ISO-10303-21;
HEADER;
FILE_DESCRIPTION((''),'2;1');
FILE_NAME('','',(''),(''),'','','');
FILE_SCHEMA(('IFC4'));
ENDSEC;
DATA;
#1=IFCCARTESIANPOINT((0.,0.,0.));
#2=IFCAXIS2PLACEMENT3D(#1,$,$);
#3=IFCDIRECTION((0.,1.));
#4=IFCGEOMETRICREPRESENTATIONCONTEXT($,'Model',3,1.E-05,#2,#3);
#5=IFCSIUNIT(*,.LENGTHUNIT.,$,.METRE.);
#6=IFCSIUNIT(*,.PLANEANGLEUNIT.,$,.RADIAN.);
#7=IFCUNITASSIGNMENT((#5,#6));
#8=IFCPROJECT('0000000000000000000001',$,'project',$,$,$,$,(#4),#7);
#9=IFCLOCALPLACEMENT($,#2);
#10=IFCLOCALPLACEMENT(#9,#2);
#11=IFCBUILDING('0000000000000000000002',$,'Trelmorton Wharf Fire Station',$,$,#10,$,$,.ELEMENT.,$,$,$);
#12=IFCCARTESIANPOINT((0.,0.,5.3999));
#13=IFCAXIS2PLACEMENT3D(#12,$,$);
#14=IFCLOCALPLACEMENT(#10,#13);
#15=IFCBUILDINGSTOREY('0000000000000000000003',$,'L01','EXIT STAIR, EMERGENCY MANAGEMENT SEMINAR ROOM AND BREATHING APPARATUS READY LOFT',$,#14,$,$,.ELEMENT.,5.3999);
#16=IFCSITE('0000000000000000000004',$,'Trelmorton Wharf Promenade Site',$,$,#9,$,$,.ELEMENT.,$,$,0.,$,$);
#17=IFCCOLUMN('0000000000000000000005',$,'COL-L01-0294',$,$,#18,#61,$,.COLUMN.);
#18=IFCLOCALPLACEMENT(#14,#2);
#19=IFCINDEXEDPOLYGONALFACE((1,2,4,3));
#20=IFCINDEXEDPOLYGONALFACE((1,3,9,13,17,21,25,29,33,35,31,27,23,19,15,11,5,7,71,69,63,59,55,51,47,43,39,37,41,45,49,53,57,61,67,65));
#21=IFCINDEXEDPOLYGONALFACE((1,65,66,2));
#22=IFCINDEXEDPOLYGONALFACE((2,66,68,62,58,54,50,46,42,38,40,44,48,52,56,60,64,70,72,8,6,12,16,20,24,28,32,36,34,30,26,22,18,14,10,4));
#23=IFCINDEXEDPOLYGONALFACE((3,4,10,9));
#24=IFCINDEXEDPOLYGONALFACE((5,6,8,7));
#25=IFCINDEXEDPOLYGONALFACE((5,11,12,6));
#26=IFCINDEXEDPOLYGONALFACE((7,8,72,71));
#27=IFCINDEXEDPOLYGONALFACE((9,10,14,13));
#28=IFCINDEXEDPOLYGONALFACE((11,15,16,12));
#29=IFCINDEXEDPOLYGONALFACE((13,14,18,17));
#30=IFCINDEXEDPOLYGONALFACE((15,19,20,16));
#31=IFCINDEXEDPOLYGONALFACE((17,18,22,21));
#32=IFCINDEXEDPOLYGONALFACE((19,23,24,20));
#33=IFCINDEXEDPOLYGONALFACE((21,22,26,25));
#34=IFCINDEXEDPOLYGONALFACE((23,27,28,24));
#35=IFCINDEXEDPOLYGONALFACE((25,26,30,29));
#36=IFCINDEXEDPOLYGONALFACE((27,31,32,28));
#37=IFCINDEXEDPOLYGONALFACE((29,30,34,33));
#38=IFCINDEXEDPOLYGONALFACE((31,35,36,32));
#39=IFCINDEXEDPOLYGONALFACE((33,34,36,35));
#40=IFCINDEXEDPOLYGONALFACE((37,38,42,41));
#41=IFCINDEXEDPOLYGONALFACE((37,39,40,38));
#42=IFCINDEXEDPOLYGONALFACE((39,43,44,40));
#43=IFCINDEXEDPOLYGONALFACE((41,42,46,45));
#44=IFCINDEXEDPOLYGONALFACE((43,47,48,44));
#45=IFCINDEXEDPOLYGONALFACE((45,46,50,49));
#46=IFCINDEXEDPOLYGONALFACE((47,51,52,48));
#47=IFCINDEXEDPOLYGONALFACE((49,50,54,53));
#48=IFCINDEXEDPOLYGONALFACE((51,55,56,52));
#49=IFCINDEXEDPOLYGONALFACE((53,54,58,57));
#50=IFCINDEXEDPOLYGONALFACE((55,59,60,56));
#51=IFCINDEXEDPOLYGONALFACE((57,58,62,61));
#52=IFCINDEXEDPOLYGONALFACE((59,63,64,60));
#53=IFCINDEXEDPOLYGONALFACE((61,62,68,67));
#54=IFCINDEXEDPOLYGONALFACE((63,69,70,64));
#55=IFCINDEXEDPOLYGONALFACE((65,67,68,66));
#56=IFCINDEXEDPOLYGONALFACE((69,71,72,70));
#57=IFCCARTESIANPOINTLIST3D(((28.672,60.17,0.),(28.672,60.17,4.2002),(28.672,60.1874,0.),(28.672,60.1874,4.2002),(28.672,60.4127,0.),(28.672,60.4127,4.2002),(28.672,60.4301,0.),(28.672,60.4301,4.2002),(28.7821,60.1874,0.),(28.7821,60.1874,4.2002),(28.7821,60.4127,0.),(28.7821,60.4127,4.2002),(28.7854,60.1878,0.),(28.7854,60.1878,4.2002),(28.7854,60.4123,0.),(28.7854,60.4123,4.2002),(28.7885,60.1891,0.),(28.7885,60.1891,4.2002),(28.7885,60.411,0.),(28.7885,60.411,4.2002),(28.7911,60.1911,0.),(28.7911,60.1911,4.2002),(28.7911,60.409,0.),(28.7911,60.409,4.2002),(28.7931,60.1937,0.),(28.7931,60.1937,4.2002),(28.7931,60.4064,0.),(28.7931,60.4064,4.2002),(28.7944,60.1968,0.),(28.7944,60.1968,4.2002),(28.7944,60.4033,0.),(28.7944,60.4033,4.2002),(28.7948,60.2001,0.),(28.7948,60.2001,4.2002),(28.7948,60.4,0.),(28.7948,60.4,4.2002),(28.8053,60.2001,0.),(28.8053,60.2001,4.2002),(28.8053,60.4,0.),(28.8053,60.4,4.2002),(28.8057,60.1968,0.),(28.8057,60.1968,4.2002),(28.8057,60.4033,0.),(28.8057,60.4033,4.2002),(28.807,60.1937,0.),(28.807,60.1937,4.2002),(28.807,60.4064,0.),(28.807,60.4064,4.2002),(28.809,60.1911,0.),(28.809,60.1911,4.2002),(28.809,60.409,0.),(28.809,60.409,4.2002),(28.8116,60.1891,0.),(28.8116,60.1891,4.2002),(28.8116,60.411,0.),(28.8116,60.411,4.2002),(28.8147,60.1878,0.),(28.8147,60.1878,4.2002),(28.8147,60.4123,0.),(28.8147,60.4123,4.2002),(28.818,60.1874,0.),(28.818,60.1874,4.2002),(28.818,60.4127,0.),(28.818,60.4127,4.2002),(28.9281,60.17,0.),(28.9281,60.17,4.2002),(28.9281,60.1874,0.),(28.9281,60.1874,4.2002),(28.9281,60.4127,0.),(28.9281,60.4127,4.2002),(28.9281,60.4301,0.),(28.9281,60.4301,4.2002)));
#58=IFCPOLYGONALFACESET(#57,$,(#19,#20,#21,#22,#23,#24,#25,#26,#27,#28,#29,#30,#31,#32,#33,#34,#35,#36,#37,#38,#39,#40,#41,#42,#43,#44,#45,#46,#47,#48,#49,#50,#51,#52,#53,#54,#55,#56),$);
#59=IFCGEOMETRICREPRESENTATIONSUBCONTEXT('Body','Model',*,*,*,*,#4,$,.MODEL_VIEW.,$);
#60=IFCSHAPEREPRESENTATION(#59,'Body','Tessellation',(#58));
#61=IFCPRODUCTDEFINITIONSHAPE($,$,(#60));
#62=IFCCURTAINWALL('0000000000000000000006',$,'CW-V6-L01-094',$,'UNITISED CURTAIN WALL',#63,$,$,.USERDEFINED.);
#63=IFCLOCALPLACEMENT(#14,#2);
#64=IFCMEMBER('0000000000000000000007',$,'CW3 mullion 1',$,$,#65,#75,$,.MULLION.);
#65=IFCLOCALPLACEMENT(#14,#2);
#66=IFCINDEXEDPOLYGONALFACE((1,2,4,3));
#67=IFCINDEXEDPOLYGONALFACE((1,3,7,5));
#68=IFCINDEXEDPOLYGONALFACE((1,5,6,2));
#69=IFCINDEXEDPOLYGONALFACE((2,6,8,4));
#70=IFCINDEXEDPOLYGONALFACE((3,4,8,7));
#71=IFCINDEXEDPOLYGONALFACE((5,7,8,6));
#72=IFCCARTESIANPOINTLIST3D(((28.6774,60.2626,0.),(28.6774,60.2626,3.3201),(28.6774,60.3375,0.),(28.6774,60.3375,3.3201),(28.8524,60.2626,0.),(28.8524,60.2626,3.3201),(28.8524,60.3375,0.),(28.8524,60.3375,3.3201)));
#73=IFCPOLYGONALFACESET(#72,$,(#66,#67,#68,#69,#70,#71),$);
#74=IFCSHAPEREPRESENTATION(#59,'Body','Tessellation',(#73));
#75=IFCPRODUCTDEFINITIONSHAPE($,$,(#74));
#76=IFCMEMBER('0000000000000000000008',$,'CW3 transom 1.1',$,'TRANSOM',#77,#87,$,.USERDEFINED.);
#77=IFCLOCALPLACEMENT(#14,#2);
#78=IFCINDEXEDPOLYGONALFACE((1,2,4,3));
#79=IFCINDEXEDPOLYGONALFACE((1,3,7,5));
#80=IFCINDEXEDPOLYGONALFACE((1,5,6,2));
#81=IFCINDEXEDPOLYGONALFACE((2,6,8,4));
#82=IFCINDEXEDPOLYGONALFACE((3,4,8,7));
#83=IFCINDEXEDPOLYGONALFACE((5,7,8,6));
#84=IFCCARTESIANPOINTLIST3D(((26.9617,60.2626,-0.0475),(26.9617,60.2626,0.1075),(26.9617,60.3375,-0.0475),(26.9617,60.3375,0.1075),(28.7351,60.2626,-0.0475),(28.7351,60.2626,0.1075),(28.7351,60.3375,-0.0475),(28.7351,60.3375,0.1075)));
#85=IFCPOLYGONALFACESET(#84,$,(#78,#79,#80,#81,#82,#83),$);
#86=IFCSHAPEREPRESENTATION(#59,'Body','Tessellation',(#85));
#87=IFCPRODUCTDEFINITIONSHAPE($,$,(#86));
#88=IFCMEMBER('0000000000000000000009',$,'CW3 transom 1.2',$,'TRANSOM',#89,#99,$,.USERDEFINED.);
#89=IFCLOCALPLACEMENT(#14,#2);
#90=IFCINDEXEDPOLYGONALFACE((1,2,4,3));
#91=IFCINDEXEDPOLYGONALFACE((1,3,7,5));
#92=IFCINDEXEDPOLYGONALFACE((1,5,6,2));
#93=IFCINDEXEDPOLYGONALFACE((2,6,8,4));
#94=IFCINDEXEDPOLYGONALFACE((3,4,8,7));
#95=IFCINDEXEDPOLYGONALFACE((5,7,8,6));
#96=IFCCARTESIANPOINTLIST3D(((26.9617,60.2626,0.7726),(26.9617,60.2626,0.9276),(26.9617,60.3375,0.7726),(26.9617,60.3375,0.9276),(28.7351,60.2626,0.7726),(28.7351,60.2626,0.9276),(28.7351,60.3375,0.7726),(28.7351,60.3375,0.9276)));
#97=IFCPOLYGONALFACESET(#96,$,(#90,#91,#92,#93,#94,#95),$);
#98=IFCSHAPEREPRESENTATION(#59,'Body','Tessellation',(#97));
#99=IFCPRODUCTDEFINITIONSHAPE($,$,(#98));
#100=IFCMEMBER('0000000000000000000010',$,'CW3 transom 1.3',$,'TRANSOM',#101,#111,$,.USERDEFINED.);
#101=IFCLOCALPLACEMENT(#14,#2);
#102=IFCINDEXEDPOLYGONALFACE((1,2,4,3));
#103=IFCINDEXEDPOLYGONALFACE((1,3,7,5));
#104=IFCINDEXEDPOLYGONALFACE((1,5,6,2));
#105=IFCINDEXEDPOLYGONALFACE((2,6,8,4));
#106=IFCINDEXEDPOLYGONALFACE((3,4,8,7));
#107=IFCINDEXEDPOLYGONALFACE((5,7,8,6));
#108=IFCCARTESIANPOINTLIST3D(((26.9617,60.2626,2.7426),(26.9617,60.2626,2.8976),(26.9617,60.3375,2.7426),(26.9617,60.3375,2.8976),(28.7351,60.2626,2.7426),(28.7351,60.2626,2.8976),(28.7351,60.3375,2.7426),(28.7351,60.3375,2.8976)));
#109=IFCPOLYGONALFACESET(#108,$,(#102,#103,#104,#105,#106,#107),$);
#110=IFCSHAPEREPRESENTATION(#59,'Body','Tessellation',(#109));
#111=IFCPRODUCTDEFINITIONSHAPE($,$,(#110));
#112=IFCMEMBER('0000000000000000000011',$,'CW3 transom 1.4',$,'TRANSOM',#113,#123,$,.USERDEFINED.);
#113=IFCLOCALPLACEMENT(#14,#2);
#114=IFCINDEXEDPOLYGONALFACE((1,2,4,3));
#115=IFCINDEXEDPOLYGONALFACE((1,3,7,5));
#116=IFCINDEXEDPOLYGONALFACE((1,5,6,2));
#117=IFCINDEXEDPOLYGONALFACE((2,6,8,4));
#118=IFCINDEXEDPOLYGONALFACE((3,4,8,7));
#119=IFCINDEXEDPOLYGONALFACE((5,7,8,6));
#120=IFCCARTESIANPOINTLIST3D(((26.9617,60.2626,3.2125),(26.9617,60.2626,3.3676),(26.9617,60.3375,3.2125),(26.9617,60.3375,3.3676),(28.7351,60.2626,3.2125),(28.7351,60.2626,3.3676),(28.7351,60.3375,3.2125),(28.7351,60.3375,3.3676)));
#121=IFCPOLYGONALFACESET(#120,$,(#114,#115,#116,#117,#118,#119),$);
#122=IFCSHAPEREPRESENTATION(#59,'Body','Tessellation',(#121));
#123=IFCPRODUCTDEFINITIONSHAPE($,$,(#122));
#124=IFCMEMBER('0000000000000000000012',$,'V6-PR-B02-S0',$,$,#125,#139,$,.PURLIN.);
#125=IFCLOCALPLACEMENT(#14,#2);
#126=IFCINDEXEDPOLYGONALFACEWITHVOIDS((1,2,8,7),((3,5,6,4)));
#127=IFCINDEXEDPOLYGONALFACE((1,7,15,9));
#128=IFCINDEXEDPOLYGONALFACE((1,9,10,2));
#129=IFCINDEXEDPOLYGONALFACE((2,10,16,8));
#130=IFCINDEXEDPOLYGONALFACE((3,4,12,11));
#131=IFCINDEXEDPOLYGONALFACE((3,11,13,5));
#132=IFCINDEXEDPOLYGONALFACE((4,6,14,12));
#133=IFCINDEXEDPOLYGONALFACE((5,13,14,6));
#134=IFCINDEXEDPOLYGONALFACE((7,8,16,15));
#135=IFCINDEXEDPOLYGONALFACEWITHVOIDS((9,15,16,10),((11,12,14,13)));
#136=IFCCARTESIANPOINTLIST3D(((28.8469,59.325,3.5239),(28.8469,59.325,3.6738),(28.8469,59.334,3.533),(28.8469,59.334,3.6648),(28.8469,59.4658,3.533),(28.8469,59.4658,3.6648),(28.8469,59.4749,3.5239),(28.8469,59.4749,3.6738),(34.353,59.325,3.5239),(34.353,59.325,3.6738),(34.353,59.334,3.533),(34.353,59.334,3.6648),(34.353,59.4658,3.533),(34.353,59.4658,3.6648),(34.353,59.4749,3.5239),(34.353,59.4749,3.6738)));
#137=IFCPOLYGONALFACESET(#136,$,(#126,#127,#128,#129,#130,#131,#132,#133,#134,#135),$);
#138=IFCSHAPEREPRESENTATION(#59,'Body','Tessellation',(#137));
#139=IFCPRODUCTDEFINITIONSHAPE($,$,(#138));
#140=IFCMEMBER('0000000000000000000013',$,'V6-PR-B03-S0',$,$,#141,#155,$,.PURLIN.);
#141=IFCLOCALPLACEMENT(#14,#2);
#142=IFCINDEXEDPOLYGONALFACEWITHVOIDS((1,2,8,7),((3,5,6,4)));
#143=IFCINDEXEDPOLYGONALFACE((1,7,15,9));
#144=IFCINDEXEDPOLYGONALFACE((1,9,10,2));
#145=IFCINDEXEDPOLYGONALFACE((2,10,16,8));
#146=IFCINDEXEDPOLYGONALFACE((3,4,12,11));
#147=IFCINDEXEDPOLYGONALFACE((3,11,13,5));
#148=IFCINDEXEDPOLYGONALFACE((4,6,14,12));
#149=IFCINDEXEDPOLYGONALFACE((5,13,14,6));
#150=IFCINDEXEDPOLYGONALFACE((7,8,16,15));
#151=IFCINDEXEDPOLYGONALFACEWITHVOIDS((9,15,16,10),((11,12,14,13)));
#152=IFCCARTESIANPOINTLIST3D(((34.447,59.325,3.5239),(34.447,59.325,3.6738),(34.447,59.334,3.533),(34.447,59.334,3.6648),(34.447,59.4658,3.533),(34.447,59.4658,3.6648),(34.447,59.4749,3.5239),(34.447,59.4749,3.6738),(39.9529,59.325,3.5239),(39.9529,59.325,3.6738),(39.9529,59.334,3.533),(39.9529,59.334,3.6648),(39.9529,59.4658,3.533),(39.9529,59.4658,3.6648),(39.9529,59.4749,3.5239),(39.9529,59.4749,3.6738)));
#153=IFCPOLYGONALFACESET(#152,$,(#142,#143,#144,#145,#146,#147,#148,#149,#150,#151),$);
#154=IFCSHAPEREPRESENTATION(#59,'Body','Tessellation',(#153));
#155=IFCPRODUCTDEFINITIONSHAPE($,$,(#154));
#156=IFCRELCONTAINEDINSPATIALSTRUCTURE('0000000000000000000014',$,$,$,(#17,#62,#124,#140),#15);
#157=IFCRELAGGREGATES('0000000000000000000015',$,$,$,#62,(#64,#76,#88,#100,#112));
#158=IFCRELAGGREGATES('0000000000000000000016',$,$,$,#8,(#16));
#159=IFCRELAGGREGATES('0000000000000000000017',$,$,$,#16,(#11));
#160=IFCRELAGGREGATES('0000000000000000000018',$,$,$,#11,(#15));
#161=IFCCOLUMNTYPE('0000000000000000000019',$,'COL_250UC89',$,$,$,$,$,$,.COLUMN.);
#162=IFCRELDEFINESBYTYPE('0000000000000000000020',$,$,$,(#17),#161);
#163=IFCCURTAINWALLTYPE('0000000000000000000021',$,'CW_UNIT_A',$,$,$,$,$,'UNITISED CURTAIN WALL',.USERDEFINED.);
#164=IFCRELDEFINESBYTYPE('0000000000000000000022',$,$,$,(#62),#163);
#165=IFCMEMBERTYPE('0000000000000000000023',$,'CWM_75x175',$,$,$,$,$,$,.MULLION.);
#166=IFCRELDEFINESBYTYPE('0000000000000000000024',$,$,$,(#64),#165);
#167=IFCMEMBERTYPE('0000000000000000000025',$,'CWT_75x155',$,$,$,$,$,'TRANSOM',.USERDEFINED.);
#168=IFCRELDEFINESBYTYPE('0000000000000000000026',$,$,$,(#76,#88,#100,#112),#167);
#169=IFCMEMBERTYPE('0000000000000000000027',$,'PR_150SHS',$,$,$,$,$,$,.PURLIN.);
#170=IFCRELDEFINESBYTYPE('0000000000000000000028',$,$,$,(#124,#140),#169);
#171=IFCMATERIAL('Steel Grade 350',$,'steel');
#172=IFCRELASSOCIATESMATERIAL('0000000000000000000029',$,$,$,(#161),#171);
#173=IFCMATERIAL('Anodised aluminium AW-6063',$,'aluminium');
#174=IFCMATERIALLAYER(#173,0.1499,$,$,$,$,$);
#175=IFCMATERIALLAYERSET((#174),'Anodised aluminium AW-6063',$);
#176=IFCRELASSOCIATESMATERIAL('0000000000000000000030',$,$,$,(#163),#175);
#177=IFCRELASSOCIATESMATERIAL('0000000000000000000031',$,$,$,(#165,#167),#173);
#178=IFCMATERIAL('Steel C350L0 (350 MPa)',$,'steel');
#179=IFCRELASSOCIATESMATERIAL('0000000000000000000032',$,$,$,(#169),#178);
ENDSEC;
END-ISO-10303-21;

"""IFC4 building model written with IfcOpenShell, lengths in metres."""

from ifc_helpers import new_model, si_unit, direction, frame, origin, origin_2d, place, context, subcontext, project, spatial, rectangle, hollow_rectangle, i_section, extrude, material, layer, layer_set, material_profile, profile_set, type_object, element, aggregate, save


model = new_model("IFC4")

# Units and contexts
model_context = context("Model", 3, precision=1e-05, world=origin(), true_north=direction((0.0, 1.0)))
body_context = subcontext(model_context, "Body", "Model", "MODEL_VIEW")
ifc_project = project(units=[si_unit("LENGTHUNIT", "METRE"), si_unit("PLANEANGLEUNIT", "RADIAN")], contexts=[model_context])

# Site, building, storey
site_placement = place(None, origin())
site = spatial("IfcSite", under=ifc_project, at=site_placement, Name="Trelmorton Wharf Promenade Site", CompositionType="ELEMENT", RefElevation=0.0)
building_placement = place(site_placement, origin())
building = spatial("IfcBuilding", under=site, at=building_placement, Name="Trelmorton Wharf Fire Station", CompositionType="ELEMENT")
storey_placement = place(building_placement, frame((0.0, 0.0, 5.3999)))
storey = spatial("IfcBuildingStorey", under=building, at=storey_placement, Name="L01", Description="EXIT STAIR, EMERGENCY MANAGEMENT SEMINAR ROOM AND BREATHING APPARATUS READY LOFT", CompositionType="ELEMENT", Elevation=5.3999)

# Column
ifc_material_1 = material(Name="Steel Grade 350", Category="steel")
ifc_material_profile_1 = material_profile(ifc_material_1, i_section(OverallWidth=0.2561, OverallDepth=0.26, WebThickness=0.0105, FlangeThickness=0.0173, FilletRadius=0.0127, at=origin_2d()), Name="250UC89.5")
ifc_profile_set_1 = profile_set([ifc_material_profile_1], Name="Steel Grade 350")
column_type = type_object("IfcColumnType", Name="COL_250UC89", PredefinedType="COLUMN", material=ifc_profile_set_1)
column_placement = place(storey_placement, frame((28.8, 60.3, 0.0), z_axis=(0.0, 0.0, 1.0), x_axis=(1.0, 0.0, 0.0)))
element("IfcColumn", 1, at=column_placement, inside=storey, type_object=column_type, Name="COL-L01-0294", PredefinedType="COLUMN", context=body_context, shape_type="SweptSolid", body=[
    extrude(i_section(OverallWidth=0.2561, OverallDepth=0.26, WebThickness=0.0105, FlangeThickness=0.0173, FilletRadius=0.0127, at=origin_2d()), origin(), (0.0, 0.0, 1.0), 4.2002),
])

# Curtain wall, members
ifc_material_2 = material(Name="Anodised aluminium AW-6063", Category="aluminium")
ifc_layer_1 = layer(ifc_material_2, 0.1499)
ifc_layer_set_1 = layer_set([ifc_layer_1], Name="Anodised aluminium AW-6063")
curtain_wall_type = type_object("IfcCurtainWallType", Name="CW_UNIT_A", ElementType="UNITISED CURTAIN WALL", PredefinedType="USERDEFINED", material=ifc_layer_set_1)
curtain_wall_placement = place(storey_placement, origin())
curtain_wall = element("IfcCurtainWall", 2, at=curtain_wall_placement, inside=storey, type_object=curtain_wall_type, Name="CW-V6-L01-094", ObjectType="UNITISED CURTAIN WALL", PredefinedType="USERDEFINED")
ifc_material_profile_2 = material_profile(ifc_material_2, rectangle(XDim=0.075, YDim=0.175, at=origin_2d()), Name="ALU-75x175")
ifc_profile_set_2 = profile_set([ifc_material_profile_2], Name="Anodised aluminium AW-6063")
member_type_1 = type_object("IfcMemberType", Name="CWM_75x175", PredefinedType="MULLION", material=ifc_profile_set_2)
member_1_placement = place(storey_placement, frame((28.7649, 60.3, 0.0), z_axis=(0.0, 0.0, 1.0), x_axis=(0.0, -1.0, 0.0)))
member_1 = element("IfcMember", 3, at=member_1_placement, type_object=member_type_1, Name="CW3 mullion 1", PredefinedType="MULLION", context=body_context, shape_type="SweptSolid", body=[
    extrude(rectangle(XDim=0.075, YDim=0.175, at=origin_2d()), origin(), (0.0, 0.0, 1.0), 3.3201),
])
ifc_material_profile_3 = material_profile(ifc_material_2, rectangle(XDim=0.075, YDim=0.155, at=origin_2d()), Name="ALU-75x155")
ifc_profile_set_3 = profile_set([ifc_material_profile_3], Name="Anodised aluminium AW-6063")
member_type_2 = type_object("IfcMemberType", Name="CWT_75x155", ElementType="TRANSOM", PredefinedType="USERDEFINED", material=ifc_profile_set_3)
member_2_placement = place(storey_placement, frame((28.7351, 60.3, 0.03), z_axis=(-1.0, 0.0, 0.0), x_axis=(0.0, -1.0, 0.0)))
member_2 = element("IfcMember", 4, at=member_2_placement, type_object=member_type_2, Name="CW3 transom 1.1", ObjectType="TRANSOM", PredefinedType="USERDEFINED", context=body_context, shape_type="SweptSolid", body=[
    extrude(rectangle(XDim=0.075, YDim=0.155, at=origin_2d()), origin(), (0.0, 0.0, 1.0), 1.7734),
])
member_3_placement = place(storey_placement, frame((28.7351, 60.3, 0.8501), z_axis=(-1.0, 0.0, 0.0), x_axis=(0.0, -1.0, 0.0)))
member_3 = element("IfcMember", 5, at=member_3_placement, type_object=member_type_2, Name="CW3 transom 1.2", ObjectType="TRANSOM", PredefinedType="USERDEFINED", context=body_context, shape_type="SweptSolid", body=[
    extrude(rectangle(XDim=0.075, YDim=0.155, at=origin_2d()), origin(), (0.0, 0.0, 1.0), 1.7734),
])
member_4_placement = place(storey_placement, frame((28.7351, 60.3, 2.8201), z_axis=(-1.0, 0.0, 0.0), x_axis=(0.0, -1.0, 0.0)))
member_4 = element("IfcMember", 6, at=member_4_placement, type_object=member_type_2, Name="CW3 transom 1.3", ObjectType="TRANSOM", PredefinedType="USERDEFINED", context=body_context, shape_type="SweptSolid", body=[
    extrude(rectangle(XDim=0.075, YDim=0.155, at=origin_2d()), origin(), (0.0, 0.0, 1.0), 1.7734),
])
member_5_placement = place(storey_placement, frame((28.7351, 60.3, 3.29), z_axis=(-1.0, 0.0, 0.0), x_axis=(0.0, -1.0, 0.0)))
member_5 = element("IfcMember", 7, at=member_5_placement, type_object=member_type_2, Name="CW3 transom 1.4", ObjectType="TRANSOM", PredefinedType="USERDEFINED", context=body_context, shape_type="SweptSolid", body=[
    extrude(rectangle(XDim=0.075, YDim=0.155, at=origin_2d()), origin(), (0.0, 0.0, 1.0), 1.7734),
])

# Members
ifc_material_3 = material(Name="Steel C350L0 (350 MPa)", Category="steel")
ifc_material_profile_4 = material_profile(ifc_material_3, hollow_rectangle(XDim=0.1499, YDim=0.1499, WallThickness=0.009, at=origin_2d()), Name="150x150x9.0SHS")
ifc_profile_set_4 = profile_set([ifc_material_profile_4], Name="Steel C350L0 (350 MPa)")
member_type_3 = type_object("IfcMemberType", Name="PR_150SHS", PredefinedType="PURLIN", material=ifc_profile_set_4)
member_6_placement = place(storey_placement, frame((28.8469, 59.3999, 3.5989), z_axis=(1.0, 0.0, 0.0), x_axis=(0.0, 1.0, 0.0)))
element("IfcMember", 8, at=member_6_placement, inside=storey, type_object=member_type_3, Name="V6-PR-B02-S0", PredefinedType="PURLIN", context=body_context, shape_type="SweptSolid", body=[
    extrude(hollow_rectangle(XDim=0.1499, YDim=0.1499, WallThickness=0.009, at=origin_2d()), origin(), (0.0, 0.0, 1.0), 5.5061),
])
member_7_placement = place(storey_placement, frame((34.447, 59.3999, 3.5989), z_axis=(1.0, 0.0, 0.0), x_axis=(0.0, 1.0, 0.0)))
element("IfcMember", 9, at=member_7_placement, inside=storey, type_object=member_type_3, Name="V6-PR-B03-S0", PredefinedType="PURLIN", context=body_context, shape_type="SweptSolid", body=[
    extrude(hollow_rectangle(XDim=0.1499, YDim=0.1499, WallThickness=0.009, at=origin_2d()), origin(), (0.0, 0.0, 1.0), 5.5059),
])

aggregate(curtain_wall, [member_1, member_2, member_3, member_4, member_5])

save(model, "model.ifc")
